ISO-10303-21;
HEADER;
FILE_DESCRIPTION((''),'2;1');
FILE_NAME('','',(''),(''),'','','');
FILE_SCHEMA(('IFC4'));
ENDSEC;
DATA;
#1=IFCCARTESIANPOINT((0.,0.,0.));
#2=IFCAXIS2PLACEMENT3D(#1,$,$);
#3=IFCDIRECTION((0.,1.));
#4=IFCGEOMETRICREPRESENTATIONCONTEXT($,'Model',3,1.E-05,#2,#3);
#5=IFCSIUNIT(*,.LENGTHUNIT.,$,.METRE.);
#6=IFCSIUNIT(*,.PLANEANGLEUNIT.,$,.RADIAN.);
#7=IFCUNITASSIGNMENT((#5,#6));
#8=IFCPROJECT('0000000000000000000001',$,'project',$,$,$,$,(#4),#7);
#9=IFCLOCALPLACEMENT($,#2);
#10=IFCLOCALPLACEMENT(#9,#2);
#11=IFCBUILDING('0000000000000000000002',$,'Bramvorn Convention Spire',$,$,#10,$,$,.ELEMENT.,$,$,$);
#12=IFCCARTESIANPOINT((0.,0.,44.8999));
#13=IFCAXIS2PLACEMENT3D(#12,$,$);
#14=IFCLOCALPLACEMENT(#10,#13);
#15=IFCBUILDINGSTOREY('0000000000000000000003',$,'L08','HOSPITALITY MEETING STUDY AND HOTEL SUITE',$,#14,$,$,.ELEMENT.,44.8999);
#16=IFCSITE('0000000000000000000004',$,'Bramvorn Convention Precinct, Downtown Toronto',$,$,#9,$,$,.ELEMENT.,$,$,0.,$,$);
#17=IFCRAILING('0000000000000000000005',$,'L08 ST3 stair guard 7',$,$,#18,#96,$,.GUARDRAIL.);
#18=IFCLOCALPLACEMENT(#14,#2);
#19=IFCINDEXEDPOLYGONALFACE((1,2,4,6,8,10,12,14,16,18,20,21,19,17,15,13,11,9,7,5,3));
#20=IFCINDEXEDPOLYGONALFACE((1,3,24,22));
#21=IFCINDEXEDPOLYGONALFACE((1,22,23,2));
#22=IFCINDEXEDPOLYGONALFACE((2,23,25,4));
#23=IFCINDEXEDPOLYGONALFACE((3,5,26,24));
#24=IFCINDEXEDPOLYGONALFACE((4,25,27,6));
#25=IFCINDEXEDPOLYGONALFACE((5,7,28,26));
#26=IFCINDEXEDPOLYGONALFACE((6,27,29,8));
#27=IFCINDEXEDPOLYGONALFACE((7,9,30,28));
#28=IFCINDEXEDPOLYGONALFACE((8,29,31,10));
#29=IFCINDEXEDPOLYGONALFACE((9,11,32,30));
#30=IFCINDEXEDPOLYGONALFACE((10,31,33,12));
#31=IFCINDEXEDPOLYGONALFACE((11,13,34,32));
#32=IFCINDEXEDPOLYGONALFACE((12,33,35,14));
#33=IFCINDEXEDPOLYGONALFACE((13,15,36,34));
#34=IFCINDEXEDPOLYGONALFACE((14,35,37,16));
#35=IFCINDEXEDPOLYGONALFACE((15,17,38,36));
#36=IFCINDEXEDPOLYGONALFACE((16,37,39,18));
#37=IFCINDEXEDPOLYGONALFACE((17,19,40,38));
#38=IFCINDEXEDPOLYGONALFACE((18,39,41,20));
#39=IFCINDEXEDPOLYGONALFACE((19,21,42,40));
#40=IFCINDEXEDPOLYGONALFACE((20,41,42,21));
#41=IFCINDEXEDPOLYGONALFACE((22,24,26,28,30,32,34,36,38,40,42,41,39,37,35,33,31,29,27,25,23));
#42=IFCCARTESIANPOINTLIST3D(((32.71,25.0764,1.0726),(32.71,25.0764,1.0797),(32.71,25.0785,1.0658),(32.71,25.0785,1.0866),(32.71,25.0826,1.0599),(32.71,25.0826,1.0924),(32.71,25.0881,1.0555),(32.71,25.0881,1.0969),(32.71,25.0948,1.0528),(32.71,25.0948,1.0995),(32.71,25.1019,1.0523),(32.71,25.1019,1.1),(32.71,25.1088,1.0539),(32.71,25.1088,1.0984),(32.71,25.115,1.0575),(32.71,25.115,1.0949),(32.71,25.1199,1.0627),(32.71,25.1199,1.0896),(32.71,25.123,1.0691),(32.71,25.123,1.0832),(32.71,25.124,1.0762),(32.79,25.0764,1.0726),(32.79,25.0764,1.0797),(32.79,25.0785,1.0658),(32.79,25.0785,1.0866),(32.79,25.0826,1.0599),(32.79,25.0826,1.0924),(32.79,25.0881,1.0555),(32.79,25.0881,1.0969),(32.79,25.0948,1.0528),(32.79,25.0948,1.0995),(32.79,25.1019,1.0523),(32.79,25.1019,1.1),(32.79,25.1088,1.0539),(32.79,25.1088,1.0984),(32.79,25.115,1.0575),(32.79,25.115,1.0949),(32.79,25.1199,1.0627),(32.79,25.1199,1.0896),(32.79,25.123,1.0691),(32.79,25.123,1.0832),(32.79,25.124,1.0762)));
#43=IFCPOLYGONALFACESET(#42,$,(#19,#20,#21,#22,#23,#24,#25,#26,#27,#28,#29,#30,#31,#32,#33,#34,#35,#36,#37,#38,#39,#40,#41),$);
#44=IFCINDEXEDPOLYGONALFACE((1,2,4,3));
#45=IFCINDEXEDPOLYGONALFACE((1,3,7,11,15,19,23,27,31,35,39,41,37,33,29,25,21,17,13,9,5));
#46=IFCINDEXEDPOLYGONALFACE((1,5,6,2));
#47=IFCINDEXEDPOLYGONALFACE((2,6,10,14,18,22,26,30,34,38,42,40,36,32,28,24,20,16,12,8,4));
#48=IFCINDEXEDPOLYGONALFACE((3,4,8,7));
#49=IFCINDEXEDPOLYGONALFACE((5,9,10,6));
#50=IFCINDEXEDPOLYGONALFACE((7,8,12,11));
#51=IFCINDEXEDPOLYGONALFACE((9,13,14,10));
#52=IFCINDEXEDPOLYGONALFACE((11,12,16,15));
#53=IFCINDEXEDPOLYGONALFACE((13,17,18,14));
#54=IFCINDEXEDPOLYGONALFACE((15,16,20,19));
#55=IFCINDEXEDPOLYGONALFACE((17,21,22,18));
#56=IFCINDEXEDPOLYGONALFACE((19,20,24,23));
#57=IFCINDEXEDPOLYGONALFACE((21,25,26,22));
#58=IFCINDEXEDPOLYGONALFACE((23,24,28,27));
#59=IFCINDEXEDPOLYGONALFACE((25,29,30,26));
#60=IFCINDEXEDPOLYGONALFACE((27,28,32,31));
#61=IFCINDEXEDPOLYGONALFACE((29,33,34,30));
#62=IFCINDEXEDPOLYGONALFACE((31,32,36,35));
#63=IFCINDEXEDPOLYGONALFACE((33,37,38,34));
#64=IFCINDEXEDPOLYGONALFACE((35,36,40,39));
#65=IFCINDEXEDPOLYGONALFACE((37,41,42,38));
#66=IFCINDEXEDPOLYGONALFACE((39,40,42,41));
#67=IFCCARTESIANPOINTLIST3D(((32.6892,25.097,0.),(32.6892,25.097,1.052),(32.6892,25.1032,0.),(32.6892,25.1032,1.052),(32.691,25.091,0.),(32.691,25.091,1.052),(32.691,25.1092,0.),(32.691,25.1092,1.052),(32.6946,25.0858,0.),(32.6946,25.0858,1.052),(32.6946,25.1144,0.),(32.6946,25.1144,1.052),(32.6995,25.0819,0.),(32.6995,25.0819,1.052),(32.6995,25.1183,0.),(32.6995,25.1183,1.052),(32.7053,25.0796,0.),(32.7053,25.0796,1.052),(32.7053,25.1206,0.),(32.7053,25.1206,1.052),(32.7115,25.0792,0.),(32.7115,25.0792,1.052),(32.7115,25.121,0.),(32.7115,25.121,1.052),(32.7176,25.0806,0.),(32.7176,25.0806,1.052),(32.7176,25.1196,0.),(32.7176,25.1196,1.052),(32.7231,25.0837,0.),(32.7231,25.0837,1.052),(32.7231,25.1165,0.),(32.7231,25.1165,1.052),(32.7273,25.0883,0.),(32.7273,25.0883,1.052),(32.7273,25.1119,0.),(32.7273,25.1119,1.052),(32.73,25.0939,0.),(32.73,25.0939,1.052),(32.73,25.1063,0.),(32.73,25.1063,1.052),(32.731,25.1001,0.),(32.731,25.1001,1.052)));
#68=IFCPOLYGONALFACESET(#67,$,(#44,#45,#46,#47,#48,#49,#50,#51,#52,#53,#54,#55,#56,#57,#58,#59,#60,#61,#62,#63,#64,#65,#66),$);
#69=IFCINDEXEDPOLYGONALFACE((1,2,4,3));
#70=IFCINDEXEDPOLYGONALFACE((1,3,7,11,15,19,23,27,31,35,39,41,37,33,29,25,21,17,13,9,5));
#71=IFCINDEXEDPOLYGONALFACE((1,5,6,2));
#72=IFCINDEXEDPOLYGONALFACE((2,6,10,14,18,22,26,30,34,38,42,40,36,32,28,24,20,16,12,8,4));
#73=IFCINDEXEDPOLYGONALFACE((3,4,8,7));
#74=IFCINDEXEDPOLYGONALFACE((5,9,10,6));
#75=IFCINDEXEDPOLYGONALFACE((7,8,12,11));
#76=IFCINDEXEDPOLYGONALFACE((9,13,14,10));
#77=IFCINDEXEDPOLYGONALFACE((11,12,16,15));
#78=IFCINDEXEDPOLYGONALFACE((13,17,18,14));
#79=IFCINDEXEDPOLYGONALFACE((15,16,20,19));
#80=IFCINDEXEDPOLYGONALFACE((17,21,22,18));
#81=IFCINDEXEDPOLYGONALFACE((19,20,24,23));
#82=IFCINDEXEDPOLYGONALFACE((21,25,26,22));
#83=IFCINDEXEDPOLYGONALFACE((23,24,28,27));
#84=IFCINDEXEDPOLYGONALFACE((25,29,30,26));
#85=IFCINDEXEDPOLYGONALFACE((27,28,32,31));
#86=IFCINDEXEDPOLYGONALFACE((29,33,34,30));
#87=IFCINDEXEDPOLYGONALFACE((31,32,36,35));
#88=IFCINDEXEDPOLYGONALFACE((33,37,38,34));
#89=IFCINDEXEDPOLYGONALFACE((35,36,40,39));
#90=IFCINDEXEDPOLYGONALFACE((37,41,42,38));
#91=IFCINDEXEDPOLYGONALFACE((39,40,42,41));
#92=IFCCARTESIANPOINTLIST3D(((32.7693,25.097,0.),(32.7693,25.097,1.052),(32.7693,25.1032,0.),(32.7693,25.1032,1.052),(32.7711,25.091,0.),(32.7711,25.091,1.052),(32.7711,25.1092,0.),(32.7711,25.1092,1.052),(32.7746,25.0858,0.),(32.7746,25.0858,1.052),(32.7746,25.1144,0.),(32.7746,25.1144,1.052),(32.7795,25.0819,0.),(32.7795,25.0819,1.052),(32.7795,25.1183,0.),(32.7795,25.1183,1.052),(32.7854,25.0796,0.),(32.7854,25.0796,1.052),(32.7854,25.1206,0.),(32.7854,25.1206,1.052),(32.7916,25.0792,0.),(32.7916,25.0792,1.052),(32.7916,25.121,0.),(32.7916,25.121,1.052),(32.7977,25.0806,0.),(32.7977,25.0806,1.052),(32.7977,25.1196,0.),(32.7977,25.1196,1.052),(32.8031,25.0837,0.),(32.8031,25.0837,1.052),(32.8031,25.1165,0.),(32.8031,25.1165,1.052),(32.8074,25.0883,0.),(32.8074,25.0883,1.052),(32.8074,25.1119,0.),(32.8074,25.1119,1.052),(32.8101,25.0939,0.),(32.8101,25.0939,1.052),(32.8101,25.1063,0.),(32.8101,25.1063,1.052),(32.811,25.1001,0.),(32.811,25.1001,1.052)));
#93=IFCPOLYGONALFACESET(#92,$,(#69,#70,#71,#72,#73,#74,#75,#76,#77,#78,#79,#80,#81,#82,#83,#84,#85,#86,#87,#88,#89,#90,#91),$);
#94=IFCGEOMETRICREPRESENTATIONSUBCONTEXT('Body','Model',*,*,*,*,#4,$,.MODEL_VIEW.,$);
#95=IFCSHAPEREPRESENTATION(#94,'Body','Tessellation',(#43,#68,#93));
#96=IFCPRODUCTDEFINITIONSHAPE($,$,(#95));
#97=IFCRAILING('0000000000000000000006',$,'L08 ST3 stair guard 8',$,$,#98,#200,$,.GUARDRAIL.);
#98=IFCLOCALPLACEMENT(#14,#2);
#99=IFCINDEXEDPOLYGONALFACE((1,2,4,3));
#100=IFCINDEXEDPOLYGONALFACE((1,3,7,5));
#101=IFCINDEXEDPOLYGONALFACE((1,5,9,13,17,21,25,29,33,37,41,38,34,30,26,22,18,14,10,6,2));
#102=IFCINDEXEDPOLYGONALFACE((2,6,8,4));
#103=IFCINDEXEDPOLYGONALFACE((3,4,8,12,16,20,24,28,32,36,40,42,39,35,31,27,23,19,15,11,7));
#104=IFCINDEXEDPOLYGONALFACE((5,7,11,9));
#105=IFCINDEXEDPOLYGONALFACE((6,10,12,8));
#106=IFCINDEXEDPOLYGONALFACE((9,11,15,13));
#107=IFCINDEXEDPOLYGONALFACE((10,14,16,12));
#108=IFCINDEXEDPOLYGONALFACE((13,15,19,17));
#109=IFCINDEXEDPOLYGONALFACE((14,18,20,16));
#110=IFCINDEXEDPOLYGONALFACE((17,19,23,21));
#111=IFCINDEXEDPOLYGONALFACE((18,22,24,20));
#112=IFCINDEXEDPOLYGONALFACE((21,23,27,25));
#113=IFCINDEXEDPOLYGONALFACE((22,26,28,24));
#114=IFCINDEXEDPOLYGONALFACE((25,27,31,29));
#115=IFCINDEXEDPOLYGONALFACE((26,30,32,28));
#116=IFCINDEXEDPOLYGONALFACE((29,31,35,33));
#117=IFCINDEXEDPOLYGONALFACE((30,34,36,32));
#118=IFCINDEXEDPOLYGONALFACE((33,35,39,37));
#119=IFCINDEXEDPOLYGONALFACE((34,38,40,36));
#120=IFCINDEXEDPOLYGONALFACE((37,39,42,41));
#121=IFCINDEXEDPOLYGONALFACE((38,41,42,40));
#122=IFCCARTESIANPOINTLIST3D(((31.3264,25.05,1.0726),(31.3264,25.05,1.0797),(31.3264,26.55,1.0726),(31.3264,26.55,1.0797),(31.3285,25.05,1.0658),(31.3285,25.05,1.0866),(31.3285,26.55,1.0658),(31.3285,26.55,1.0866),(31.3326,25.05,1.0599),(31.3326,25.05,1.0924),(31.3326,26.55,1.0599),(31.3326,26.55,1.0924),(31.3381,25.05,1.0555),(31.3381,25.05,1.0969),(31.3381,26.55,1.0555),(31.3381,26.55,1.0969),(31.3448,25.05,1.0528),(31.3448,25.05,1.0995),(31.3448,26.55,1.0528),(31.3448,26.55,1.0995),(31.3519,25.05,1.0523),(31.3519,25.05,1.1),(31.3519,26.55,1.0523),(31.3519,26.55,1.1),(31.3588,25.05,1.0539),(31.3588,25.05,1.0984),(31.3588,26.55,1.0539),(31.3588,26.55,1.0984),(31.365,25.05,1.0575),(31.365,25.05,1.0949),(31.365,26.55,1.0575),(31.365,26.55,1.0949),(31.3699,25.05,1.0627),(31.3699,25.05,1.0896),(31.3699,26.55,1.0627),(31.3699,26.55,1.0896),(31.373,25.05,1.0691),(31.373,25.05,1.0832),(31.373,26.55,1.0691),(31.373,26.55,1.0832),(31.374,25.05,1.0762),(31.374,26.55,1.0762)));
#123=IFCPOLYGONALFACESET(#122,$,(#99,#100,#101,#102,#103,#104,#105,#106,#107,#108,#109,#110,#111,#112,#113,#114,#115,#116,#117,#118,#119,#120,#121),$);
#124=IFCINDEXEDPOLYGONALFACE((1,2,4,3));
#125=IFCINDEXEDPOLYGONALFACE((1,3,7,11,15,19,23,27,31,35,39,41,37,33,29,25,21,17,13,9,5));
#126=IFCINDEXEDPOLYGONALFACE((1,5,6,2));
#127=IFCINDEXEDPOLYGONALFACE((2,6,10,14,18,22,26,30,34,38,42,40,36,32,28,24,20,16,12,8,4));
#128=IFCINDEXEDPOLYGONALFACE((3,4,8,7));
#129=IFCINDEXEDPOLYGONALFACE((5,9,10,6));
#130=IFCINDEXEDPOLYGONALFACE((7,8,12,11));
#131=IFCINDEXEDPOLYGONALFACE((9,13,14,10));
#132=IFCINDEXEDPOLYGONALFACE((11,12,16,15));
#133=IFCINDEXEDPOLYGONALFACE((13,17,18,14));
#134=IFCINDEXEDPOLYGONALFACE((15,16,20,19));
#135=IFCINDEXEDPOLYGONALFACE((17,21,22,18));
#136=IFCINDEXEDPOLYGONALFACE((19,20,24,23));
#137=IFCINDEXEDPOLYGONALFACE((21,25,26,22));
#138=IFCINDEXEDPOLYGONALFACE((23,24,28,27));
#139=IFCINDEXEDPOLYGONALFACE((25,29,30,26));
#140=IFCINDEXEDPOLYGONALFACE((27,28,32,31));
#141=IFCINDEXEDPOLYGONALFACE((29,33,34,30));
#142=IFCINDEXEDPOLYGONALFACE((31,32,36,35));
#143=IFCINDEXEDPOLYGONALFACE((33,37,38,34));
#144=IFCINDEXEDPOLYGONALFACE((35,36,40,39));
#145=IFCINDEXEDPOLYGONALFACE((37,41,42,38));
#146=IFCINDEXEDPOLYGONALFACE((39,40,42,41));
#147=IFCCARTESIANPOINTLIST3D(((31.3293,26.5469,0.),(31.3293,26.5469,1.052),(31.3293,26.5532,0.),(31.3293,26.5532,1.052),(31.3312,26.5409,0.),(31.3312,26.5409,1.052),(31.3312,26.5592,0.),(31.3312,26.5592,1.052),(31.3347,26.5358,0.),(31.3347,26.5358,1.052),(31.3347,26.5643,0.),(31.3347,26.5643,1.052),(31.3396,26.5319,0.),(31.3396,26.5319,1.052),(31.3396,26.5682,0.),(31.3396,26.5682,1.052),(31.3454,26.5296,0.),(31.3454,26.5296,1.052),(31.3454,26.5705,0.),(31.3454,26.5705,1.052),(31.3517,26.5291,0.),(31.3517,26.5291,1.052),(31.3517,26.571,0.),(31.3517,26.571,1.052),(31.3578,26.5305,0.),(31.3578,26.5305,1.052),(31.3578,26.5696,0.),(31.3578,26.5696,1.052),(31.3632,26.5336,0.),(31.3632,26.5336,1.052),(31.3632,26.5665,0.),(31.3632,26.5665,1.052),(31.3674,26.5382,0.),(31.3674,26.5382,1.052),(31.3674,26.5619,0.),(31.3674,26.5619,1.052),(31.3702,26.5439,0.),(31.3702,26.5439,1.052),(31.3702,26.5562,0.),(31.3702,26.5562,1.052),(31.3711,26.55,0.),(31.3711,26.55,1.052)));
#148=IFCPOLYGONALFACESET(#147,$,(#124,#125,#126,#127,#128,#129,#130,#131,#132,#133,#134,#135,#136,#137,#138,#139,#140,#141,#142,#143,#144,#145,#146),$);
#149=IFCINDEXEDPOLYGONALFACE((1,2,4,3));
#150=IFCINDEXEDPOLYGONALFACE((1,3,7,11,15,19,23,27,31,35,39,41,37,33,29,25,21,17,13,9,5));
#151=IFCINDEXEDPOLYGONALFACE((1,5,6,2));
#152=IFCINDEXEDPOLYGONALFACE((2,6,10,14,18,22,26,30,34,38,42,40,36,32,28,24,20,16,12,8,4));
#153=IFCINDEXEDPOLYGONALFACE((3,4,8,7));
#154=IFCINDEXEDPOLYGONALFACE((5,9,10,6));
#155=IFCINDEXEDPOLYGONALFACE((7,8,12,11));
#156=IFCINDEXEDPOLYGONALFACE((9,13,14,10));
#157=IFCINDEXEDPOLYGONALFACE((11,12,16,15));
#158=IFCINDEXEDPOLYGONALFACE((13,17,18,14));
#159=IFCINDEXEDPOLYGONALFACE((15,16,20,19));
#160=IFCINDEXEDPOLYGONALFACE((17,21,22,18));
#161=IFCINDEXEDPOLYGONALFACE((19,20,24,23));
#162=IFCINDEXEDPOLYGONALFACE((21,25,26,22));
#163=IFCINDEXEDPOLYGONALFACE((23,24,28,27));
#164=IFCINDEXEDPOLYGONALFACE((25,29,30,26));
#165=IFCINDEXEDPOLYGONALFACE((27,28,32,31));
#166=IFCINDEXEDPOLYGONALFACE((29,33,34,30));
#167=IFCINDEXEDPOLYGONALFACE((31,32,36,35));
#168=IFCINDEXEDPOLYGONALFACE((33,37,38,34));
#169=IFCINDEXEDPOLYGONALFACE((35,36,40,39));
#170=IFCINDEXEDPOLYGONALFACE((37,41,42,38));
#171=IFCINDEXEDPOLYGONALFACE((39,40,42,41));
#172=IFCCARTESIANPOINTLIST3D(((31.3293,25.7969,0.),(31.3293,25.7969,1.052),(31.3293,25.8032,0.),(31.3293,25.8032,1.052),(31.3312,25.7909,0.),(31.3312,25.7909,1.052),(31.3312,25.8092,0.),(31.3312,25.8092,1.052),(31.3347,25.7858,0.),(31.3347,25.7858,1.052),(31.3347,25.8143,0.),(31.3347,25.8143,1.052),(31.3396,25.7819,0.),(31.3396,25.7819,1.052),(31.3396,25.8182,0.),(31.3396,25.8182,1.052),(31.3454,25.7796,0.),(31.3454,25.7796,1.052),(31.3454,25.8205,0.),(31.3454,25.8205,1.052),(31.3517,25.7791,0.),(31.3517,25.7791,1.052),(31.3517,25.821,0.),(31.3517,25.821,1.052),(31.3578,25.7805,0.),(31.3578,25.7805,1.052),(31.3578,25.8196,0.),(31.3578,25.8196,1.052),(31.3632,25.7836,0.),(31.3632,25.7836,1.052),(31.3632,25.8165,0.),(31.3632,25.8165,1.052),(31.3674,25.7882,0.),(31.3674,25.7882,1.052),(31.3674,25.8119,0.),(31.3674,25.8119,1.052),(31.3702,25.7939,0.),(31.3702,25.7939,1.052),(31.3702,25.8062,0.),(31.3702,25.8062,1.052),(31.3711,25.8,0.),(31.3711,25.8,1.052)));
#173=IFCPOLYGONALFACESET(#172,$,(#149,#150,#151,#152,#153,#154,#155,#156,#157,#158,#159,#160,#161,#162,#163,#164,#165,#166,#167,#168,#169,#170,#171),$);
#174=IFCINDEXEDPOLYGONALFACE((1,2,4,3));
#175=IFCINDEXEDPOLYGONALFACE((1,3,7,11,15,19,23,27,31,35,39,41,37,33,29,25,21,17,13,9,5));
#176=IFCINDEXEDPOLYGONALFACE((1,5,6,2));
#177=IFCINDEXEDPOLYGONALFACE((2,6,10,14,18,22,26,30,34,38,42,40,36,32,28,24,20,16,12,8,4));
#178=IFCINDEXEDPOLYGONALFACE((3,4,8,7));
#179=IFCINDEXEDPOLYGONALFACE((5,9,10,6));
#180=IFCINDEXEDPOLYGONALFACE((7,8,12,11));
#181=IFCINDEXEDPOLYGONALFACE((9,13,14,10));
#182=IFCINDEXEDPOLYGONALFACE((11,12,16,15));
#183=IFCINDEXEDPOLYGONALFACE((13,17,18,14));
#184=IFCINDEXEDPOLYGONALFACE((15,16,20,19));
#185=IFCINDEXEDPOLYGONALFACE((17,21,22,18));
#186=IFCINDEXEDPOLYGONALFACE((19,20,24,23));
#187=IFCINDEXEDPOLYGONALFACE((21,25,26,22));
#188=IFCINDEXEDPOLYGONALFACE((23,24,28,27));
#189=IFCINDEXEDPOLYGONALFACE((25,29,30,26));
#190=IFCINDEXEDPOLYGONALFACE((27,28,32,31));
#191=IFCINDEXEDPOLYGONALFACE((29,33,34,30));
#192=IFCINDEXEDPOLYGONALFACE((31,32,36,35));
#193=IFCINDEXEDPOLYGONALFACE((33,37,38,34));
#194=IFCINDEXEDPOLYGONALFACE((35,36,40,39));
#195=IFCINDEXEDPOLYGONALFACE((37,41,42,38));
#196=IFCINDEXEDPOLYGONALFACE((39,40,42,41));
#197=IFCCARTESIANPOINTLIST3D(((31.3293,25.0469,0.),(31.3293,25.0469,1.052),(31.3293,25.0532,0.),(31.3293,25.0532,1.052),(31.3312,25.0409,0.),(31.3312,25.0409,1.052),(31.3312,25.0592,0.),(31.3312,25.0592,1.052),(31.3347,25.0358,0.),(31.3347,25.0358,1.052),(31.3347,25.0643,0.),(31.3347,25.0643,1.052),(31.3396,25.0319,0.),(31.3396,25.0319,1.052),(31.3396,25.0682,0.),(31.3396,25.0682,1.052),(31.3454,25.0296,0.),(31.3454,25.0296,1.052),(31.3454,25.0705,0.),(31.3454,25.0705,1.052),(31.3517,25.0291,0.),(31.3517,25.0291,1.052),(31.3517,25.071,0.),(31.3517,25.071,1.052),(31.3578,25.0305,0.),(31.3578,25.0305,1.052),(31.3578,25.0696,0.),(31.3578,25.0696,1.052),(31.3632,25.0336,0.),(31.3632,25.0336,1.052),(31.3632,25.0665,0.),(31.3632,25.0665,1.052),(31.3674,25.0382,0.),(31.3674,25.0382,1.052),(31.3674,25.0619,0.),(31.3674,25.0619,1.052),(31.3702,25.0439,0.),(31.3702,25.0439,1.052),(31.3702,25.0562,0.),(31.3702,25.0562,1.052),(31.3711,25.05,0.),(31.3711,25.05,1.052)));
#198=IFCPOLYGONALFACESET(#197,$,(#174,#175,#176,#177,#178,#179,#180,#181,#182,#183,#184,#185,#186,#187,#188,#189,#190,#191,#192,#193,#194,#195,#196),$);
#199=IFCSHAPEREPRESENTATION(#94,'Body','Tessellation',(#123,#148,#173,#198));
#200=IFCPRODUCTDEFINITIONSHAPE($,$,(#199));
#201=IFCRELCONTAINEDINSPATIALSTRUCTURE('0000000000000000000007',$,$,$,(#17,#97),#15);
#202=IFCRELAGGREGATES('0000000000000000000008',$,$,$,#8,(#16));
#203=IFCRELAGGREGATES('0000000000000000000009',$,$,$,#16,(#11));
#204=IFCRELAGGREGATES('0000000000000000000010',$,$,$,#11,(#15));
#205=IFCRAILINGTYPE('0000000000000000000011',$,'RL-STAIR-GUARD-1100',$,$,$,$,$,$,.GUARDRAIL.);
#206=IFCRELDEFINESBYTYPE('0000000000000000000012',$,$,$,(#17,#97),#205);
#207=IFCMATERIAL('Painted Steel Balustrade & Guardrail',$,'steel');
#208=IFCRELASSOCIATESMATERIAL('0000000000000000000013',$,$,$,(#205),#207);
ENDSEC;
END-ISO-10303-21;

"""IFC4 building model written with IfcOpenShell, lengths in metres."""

from ifc_helpers import new_model, si_unit, direction, frame, origin, origin_2d, place, context, subcontext, project, spatial, circle, extrude, material, type_object, element, save


model = new_model("IFC4")

# Units and contexts
model_context = context("Model", 3, precision=1e-05, world=origin(), true_north=direction((0.0, 1.0)))
body_context = subcontext(model_context, "Body", "Model", "MODEL_VIEW")
ifc_project = project(units=[si_unit("LENGTHUNIT", "METRE"), si_unit("PLANEANGLEUNIT", "RADIAN")], contexts=[model_context])

# Site, building, storey
site_placement = place(None, origin())
site = spatial("IfcSite", under=ifc_project, at=site_placement, Name="Bramvorn Convention Precinct, Downtown Toronto", CompositionType="ELEMENT", RefElevation=0.0)
building_placement = place(site_placement, origin())
building = spatial("IfcBuilding", under=site, at=building_placement, Name="Bramvorn Convention Spire", CompositionType="ELEMENT")
storey_placement = place(building_placement, frame((0.0, 0.0, 44.8999)))
storey = spatial("IfcBuildingStorey", under=building, at=storey_placement, Name="L08", Description="HOSPITALITY MEETING STUDY AND HOTEL SUITE", CompositionType="ELEMENT", Elevation=44.8999)

# Railings
ifc_material_1 = material(Name="Painted Steel Balustrade & Guardrail", Category="steel")
railing_type_1 = type_object("IfcRailingType", Name="RL-STAIR-GUARD-1100", PredefinedType="GUARDRAIL", material=ifc_material_1)
railing_1_placement = place(storey_placement, frame((32.71, 25.1001, 0.0)))
element("IfcRailing", 1, at=railing_1_placement, inside=storey, type_object=railing_type_1, Name="L08 ST3 stair guard 7", PredefinedType="GUARDRAIL", context=body_context, shape_type="SweptSolid", body=[
    extrude(circle(Radius=0.0239, at=origin_2d()), frame((0.0, 0.0, 1.0762), z_axis=(1.0, 0.0, 0.0), x_axis=(0.0, 1.0, 0.0)), (0.0, 0.0, 1.0), 0.0801),
    extrude(circle(Radius=0.021, at=origin_2d()), origin(), (0.0, 0.0, 1.0), 1.052),
    extrude(circle(Radius=0.021, at=origin_2d()), frame((0.0801, 0.0, 0.0)), (0.0, 0.0, 1.0), 1.052),
])
railing_2_placement = place(storey_placement, frame((31.3501, 26.55, 0.0)))
element("IfcRailing", 2, at=railing_2_placement, inside=storey, type_object=railing_type_1, Name="L08 ST3 stair guard 8", PredefinedType="GUARDRAIL", context=body_context, shape_type="SweptSolid", body=[
    extrude(circle(Radius=0.0239, at=origin_2d()), frame((0.0, 0.0, 1.0762), z_axis=(0.0, -1.0, 0.0), x_axis=(1.0, 0.0, 0.0)), (0.0, 0.0, 1.0), 1.5),
    extrude(circle(Radius=0.021, at=origin_2d()), origin(), (0.0, 0.0, 1.0), 1.052),
    extrude(circle(Radius=0.021, at=origin_2d()), frame((0.0, -0.75, 0.0)), (0.0, 0.0, 1.0), 1.052),
    extrude(circle(Radius=0.021, at=origin_2d()), frame((0.0, -1.5, 0.0)), (0.0, 0.0, 1.0), 1.052),
])

save(model, "model.ifc")
